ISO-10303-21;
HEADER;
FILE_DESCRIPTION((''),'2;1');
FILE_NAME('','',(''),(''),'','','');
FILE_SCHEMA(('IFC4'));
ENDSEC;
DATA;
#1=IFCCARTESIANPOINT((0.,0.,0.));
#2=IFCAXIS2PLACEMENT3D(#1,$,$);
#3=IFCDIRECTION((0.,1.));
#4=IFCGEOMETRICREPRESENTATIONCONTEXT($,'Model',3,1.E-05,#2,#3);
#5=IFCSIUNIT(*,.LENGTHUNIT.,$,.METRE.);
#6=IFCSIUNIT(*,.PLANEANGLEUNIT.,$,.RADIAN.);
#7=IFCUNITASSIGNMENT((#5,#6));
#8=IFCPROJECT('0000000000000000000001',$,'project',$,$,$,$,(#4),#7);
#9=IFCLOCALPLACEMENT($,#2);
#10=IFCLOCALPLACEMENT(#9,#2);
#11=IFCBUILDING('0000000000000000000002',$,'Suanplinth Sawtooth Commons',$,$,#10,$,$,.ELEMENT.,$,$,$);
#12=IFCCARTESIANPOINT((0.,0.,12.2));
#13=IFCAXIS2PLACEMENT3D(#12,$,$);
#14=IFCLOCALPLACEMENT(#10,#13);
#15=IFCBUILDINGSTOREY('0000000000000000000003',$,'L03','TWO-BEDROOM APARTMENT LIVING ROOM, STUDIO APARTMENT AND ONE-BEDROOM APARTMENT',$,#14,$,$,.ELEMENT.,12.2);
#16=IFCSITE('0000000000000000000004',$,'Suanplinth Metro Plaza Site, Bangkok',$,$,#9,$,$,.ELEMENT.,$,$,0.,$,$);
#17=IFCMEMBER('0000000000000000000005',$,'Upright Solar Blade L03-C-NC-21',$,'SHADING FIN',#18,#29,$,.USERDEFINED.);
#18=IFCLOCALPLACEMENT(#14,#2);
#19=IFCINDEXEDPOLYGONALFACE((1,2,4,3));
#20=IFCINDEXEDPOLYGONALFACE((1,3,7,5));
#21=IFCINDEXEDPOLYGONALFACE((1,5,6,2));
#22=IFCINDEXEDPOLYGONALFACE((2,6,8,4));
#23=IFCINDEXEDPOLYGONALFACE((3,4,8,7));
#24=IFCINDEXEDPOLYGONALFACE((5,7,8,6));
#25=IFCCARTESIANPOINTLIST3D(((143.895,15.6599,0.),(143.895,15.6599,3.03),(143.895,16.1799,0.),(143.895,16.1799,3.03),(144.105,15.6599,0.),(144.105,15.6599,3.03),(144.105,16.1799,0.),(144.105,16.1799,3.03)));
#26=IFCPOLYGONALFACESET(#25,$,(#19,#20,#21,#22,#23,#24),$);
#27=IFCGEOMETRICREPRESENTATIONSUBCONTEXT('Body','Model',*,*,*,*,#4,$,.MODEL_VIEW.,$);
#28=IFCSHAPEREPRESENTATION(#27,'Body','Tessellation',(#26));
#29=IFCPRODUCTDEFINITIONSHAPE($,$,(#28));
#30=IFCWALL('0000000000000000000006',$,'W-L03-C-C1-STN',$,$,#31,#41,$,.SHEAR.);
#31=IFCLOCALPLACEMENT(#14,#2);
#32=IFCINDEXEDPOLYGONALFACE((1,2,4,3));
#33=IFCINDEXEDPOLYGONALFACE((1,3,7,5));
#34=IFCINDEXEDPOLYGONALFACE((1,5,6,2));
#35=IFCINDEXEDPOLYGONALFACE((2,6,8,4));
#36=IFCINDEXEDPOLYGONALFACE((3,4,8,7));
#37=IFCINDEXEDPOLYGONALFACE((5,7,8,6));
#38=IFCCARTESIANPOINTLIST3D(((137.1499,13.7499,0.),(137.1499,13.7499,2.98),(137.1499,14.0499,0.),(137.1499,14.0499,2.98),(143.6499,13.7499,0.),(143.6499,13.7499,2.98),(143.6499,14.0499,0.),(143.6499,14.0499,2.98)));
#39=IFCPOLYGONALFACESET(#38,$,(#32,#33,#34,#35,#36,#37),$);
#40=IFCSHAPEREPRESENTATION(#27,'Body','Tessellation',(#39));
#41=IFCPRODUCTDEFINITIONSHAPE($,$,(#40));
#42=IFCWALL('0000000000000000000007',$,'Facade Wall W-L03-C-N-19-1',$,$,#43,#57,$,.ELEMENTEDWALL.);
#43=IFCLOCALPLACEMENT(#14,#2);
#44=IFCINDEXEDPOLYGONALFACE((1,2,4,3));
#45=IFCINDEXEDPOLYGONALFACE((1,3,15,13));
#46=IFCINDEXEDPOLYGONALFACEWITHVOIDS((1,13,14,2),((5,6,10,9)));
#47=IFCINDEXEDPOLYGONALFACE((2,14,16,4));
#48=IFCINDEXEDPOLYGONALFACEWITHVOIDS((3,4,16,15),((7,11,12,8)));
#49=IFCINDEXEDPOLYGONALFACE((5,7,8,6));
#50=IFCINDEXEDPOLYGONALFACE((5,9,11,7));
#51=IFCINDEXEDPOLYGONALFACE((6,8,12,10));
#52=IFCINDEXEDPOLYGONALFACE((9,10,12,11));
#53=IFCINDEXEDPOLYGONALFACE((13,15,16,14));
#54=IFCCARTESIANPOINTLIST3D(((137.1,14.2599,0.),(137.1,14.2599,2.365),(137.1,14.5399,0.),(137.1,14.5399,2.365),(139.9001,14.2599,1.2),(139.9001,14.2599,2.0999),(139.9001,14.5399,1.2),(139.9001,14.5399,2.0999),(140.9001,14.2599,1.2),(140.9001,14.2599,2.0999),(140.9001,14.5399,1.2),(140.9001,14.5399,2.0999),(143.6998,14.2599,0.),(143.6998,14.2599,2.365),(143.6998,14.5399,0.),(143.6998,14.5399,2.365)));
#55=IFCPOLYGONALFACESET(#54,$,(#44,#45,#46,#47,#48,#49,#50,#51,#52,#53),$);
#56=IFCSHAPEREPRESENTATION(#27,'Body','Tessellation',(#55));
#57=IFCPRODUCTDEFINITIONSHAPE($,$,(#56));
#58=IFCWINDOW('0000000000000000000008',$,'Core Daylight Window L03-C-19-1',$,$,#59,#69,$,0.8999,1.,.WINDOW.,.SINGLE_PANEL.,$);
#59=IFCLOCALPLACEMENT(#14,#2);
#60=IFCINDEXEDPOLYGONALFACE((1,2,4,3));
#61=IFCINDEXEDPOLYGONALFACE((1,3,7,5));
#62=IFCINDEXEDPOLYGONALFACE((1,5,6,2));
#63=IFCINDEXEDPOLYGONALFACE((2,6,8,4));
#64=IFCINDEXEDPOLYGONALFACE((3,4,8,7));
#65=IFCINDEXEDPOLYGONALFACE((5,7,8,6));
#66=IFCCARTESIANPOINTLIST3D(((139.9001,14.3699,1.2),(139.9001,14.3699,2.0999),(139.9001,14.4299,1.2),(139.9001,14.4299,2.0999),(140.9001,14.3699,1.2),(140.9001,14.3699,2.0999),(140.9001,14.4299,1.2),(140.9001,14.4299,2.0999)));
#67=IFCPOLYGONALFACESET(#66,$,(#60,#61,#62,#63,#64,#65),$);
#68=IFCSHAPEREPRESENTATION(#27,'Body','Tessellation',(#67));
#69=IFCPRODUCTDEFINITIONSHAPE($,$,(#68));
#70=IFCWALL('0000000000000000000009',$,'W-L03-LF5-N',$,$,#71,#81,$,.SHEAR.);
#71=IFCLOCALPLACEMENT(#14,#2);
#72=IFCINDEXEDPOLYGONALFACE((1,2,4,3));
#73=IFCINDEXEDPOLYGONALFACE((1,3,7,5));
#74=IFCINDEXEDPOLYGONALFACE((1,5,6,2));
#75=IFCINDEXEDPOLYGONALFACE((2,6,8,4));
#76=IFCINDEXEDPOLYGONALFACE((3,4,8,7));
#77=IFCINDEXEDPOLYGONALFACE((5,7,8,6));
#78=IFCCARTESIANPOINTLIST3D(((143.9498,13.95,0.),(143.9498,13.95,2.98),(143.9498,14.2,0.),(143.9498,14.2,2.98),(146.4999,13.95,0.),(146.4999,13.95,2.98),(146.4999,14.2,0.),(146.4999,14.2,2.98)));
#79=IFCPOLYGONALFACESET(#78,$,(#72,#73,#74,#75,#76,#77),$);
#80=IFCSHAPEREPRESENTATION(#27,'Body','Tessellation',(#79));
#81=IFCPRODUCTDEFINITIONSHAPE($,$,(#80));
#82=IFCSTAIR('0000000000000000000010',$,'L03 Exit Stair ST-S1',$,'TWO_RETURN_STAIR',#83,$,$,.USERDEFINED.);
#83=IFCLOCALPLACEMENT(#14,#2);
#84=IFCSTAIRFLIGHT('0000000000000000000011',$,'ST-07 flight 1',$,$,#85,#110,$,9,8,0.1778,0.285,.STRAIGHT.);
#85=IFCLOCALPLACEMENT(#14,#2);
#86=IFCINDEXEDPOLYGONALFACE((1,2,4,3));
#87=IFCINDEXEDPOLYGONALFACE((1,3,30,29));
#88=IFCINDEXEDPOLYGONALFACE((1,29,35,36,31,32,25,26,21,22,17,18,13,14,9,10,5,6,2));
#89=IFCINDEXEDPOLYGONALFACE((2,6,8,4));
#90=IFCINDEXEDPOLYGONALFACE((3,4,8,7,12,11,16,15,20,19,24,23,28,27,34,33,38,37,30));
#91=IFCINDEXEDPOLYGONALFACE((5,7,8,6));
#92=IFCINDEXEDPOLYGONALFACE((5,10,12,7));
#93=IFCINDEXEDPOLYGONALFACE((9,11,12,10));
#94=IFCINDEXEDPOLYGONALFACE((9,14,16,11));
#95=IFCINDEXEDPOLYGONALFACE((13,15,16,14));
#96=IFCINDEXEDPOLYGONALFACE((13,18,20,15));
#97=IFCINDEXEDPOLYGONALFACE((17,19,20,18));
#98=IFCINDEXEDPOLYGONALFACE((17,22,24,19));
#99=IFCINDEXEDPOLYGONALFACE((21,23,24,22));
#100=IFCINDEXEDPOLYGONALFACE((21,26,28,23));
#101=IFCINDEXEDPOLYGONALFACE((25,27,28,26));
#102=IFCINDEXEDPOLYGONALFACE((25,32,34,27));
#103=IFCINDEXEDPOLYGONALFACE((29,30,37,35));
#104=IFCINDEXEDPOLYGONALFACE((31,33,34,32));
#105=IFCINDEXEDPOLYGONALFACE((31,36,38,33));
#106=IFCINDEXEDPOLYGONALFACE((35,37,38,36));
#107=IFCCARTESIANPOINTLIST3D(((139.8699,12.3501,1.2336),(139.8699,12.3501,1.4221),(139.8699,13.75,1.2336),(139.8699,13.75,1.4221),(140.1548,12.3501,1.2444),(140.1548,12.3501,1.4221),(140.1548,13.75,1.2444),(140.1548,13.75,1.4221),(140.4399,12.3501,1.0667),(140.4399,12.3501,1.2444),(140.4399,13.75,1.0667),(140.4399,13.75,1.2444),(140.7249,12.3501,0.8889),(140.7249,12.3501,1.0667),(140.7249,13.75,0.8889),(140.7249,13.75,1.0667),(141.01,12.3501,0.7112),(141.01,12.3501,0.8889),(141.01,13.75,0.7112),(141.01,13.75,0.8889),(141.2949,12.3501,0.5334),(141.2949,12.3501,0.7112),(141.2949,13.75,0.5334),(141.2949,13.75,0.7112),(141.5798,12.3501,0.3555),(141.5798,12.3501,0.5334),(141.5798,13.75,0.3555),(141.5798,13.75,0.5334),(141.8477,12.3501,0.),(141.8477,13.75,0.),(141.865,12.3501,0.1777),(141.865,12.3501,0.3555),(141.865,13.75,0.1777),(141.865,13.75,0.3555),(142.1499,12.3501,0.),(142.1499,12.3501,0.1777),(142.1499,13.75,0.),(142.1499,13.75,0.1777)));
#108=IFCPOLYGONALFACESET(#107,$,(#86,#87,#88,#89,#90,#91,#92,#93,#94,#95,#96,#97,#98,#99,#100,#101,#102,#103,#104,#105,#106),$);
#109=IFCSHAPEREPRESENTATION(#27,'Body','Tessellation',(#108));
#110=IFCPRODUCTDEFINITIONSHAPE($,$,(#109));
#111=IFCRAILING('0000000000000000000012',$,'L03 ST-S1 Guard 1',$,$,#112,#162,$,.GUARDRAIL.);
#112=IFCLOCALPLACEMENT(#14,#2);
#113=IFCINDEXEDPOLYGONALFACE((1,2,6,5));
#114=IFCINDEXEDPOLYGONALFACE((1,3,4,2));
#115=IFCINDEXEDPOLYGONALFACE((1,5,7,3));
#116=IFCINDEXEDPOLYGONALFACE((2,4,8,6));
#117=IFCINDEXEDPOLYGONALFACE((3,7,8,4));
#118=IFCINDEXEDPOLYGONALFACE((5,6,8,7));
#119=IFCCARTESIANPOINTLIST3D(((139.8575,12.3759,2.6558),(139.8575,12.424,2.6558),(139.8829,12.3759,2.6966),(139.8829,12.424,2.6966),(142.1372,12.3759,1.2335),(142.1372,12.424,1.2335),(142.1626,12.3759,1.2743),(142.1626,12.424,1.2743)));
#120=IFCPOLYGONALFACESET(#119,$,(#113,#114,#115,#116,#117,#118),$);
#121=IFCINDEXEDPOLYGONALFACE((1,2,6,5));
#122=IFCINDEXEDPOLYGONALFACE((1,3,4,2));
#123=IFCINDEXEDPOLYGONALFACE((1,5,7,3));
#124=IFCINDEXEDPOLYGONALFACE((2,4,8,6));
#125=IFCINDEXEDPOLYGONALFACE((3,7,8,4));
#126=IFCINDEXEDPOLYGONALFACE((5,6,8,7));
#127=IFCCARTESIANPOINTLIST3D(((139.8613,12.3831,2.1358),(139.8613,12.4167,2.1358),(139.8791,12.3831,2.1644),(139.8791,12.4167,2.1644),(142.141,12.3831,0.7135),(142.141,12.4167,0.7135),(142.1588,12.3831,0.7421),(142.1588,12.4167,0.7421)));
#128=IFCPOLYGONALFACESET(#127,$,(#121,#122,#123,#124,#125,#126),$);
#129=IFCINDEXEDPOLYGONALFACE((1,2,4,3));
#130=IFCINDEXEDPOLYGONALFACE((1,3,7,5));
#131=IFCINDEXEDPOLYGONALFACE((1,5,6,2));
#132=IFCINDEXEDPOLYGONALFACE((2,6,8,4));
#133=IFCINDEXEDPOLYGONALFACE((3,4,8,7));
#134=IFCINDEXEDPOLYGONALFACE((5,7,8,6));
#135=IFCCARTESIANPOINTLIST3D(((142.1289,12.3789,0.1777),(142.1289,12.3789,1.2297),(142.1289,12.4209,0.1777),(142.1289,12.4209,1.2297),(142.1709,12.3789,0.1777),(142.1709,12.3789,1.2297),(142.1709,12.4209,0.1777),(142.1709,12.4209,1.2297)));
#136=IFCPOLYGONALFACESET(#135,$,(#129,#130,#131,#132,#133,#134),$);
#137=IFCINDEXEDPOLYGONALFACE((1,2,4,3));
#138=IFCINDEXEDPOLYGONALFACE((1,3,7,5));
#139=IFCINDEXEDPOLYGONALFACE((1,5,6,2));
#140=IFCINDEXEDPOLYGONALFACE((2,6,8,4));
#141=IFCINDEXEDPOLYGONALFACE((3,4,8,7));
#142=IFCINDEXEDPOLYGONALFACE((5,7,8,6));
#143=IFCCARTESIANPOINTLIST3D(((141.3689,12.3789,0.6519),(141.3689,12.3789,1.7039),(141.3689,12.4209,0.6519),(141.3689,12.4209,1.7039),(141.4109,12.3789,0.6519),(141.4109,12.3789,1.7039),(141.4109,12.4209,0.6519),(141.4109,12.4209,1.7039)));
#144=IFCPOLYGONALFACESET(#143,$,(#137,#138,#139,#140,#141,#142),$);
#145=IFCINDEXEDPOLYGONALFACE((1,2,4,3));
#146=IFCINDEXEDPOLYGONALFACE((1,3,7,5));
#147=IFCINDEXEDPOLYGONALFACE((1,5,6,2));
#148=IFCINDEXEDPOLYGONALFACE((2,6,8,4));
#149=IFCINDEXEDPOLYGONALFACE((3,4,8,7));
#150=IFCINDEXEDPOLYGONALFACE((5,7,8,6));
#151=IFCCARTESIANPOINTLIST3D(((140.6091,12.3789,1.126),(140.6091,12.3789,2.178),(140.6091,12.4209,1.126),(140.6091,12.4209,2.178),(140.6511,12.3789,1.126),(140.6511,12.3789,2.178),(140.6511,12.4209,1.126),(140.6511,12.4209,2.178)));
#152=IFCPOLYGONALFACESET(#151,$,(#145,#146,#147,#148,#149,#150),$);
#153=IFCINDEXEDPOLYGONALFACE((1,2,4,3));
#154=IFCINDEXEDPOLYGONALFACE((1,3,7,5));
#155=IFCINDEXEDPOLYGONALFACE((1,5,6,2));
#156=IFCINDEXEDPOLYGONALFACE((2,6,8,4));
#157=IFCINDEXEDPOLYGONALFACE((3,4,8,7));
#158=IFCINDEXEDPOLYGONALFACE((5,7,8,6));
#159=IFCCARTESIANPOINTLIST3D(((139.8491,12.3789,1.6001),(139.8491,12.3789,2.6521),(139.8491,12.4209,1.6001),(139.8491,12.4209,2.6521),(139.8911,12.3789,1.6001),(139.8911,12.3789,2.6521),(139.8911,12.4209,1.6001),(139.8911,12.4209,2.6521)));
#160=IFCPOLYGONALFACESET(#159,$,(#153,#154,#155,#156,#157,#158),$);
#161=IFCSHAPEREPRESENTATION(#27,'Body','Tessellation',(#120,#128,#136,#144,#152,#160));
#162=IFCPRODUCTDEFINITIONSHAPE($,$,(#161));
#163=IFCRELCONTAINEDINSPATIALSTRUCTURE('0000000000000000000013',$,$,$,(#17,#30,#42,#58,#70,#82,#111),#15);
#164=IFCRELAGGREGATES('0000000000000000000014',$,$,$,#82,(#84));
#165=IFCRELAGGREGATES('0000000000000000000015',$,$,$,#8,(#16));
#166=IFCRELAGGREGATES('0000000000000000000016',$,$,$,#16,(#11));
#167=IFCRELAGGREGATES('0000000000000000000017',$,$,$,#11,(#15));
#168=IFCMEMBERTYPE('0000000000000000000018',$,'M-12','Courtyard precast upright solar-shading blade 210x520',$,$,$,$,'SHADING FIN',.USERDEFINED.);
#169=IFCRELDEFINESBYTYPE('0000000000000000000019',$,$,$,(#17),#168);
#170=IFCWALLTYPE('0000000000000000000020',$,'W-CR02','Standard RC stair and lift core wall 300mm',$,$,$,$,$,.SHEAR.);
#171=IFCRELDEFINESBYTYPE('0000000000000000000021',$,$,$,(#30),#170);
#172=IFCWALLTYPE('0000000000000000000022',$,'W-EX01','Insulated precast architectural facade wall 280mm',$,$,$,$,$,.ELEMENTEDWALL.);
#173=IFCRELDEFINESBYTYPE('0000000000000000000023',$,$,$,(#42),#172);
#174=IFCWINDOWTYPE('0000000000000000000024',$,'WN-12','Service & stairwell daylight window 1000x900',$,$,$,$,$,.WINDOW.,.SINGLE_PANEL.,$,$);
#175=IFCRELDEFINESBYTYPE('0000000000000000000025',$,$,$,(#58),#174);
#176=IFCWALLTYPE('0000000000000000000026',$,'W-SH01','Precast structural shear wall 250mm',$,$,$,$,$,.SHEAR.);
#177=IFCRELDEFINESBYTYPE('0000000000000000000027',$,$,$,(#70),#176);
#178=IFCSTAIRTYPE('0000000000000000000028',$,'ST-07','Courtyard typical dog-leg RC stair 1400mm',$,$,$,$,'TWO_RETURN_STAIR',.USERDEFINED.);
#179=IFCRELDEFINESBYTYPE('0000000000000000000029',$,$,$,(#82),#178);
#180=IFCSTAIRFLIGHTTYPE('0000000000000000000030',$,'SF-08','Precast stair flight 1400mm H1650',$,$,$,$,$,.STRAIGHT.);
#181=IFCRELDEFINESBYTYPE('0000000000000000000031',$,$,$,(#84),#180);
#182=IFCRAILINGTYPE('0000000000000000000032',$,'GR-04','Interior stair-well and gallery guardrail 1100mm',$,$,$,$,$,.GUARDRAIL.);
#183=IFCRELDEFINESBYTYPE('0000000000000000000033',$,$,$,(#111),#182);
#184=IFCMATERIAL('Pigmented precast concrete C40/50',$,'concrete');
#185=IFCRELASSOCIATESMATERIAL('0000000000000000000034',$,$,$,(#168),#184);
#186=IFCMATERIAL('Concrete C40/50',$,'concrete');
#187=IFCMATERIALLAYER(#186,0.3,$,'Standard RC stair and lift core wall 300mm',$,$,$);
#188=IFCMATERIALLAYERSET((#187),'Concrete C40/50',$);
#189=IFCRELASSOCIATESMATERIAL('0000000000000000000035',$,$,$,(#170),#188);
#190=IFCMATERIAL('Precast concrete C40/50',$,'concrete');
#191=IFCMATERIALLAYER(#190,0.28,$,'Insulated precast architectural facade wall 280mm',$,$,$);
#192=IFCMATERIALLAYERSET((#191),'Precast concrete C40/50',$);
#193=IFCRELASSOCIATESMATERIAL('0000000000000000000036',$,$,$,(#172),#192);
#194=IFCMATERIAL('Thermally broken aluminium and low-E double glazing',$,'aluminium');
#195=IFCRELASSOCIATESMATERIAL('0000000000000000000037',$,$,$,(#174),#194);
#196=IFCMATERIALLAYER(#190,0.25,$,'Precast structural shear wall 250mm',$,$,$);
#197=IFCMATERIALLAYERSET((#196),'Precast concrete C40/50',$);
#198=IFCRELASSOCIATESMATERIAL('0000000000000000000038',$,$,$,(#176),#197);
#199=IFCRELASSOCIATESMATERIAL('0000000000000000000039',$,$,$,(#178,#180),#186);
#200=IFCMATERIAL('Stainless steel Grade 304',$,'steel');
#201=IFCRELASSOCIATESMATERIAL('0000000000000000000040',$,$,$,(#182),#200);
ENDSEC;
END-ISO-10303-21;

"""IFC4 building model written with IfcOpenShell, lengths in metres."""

from ifc_helpers import new_model, si_unit, direction, frame, frame_2d, origin, origin_2d, place, context, subcontext, project, spatial, polyline, rectangle, outline, extrude, material, layer, layer_set, material_profile, profile_set, type_object, element, fill, aggregate, save


model = new_model("IFC4")

# Units and contexts
model_context = context("Model", 3, precision=1e-05, world=origin(), true_north=direction((0.0, 1.0)))
body_context = subcontext(model_context, "Body", "Model", "MODEL_VIEW")
ifc_project = project(units=[si_unit("LENGTHUNIT", "METRE"), si_unit("PLANEANGLEUNIT", "RADIAN")], contexts=[model_context])

# Site, building, storey
site_placement = place(None, origin())
site = spatial("IfcSite", under=ifc_project, at=site_placement, Name="Suanplinth Metro Plaza Site, Bangkok", CompositionType="ELEMENT", RefElevation=0.0)
building_placement = place(site_placement, origin())
building = spatial("IfcBuilding", under=site, at=building_placement, Name="Suanplinth Sawtooth Commons", CompositionType="ELEMENT")
storey_placement = place(building_placement, frame((0.0, 0.0, 12.2)))
storey = spatial("IfcBuildingStorey", under=building, at=storey_placement, Name="L03", Description="TWO-BEDROOM APARTMENT LIVING ROOM, STUDIO APARTMENT AND ONE-BEDROOM APARTMENT", CompositionType="ELEMENT", Elevation=12.2)

# Shared definitions
ifc_material_1 = material(Name="Precast concrete C40/50", Category="concrete")

# Member
ifc_material_2 = material(Name="Pigmented precast concrete C40/50", Category="concrete")
ifc_material_profile_1 = material_profile(ifc_material_2, rectangle(XDim=0.21, YDim=0.52, at=origin_2d()), Name="PC-FIN 210x520")
ifc_profile_set_1 = profile_set([ifc_material_profile_1], Name="Pigmented precast concrete C40/50")
member_type = type_object("IfcMemberType", Name="M-12", Description="Courtyard precast upright solar-shading blade 210x520", ElementType="SHADING FIN", PredefinedType="USERDEFINED", material=ifc_profile_set_1)
for number, where, z_axis, x_axis, name in (
    (1, (144.0, 15.9199, 0.0), (0.0, 0.0, 1.0), (1.0, 0.0, 0.0), "Upright Solar Blade L03-C-NC-21"),
):
    element("IfcMember", number, at=place(storey_placement, frame(where, z_axis=z_axis, x_axis=x_axis)), inside=storey, type_object=member_type, Name=name, ObjectType="SHADING FIN", PredefinedType="USERDEFINED", context=body_context, shape_type="SweptSolid", body=[
        extrude(rectangle(XDim=0.21, YDim=0.52, at=origin_2d()), origin(), (0.0, 0.0, 1.0), 3.03),
    ])

# Wall
ifc_material_3 = material(Name="Concrete C40/50", Category="concrete")
ifc_layer_1 = layer(ifc_material_3, 0.3, Name="Standard RC stair and lift core wall 300mm")
ifc_layer_set_1 = layer_set([ifc_layer_1], Name="Concrete C40/50")
wall_type_1 = type_object("IfcWallType", Name="W-CR02", Description="Standard RC stair and lift core wall 300mm", PredefinedType="SHEAR", material=ifc_layer_set_1)
wall_1_placement = place(storey_placement, frame((137.1499, 13.8999, 0.0), z_axis=(0.0, 0.0, 1.0), x_axis=(1.0, 0.0, 0.0)))
element("IfcWall", 2, at=wall_1_placement, inside=storey, type_object=wall_type_1, Name="W-L03-C-C1-STN", PredefinedType="SHEAR", context=body_context, shape_type="SweptSolid", body=[
    extrude(rectangle(XDim=6.5, YDim=0.3, at=frame_2d((3.25, 0.0))), origin(), (0.0, 0.0, 1.0), 2.98),
])

# Shared definitions
ifc_layer_2 = layer(ifc_material_1, 0.28, Name="Insulated precast architectural facade wall 280mm")
ifc_layer_set_2 = layer_set([ifc_layer_2], Name="Precast concrete C40/50")
wall_type_2 = type_object("IfcWallType", Name="W-EX01", Description="Insulated precast architectural facade wall 280mm", PredefinedType="ELEMENTEDWALL", material=ifc_layer_set_2)
ifc_material_4 = material(Name="Thermally broken aluminium and low-E double glazing", Category="aluminium")

# Wall, opening, window
wall_2_placement = place(storey_placement, frame((137.1001, 14.3999, 0.0), z_axis=(0.0, 0.0, 1.0), x_axis=(1.0, 0.0, 0.0)))
wall_2 = element("IfcWall", 3, at=wall_2_placement, inside=storey, type_object=wall_type_2, Name="Facade Wall W-L03-C-N-19-1", PredefinedType="ELEMENTEDWALL", context=body_context, shape_type="SweptSolid", body=[
    extrude(rectangle(XDim=6.5999, YDim=0.28, at=frame_2d((3.2998, 0.0))), origin(), (0.0, 0.0, 1.0), 2.365),
])
opening_1_placement = place(wall_2_placement, frame((2.8, 0.0, 1.2)))
opening_1 = element("IfcOpeningElement", 4, at=opening_1_placement, cuts=wall_2, PredefinedType="OPENING", context=body_context, shape_type="SweptSolid", body=[
    extrude(rectangle(XDim=1.0, YDim=0.8999, at=frame_2d((0.5, 0.45))), frame((0.0, 0.1548, 0.0), z_axis=(0.0, -1.0, 0.0), x_axis=(1.0, 0.0, 0.0)), (0.0, 0.0, 1.0), 0.3098),
])
window_type_1 = type_object("IfcWindowType", Name="WN-12", Description="Service & stairwell daylight window 1000x900", PartitioningType="SINGLE_PANEL", PredefinedType="WINDOW", material=ifc_material_4)
window_1_placement = place(opening_1_placement, origin())
window_1 = element("IfcWindow", 5, at=window_1_placement, inside=storey, type_object=window_type_1, Name="Core Daylight Window L03-C-19-1", OverallHeight=0.8999, OverallWidth=1.0, PartitioningType="SINGLE_PANEL", PredefinedType="WINDOW", context=body_context, shape_type="SweptSolid", body=[
    extrude(rectangle(XDim=1.0, YDim=0.8999, at=frame_2d((0.5, 0.45))), frame((0.0, 0.03, 0.0), z_axis=(0.0, -1.0, 0.0), x_axis=(1.0, 0.0, 0.0)), (0.0, 0.0, 1.0), 0.0601),
])
fill(opening_1, window_1)

# Wall
ifc_layer_3 = layer(ifc_material_1, 0.25, Name="Precast structural shear wall 250mm")
ifc_layer_set_3 = layer_set([ifc_layer_3], Name="Precast concrete C40/50")
wall_type_3 = type_object("IfcWallType", Name="W-SH01", Description="Precast structural shear wall 250mm", PredefinedType="SHEAR", material=ifc_layer_set_3)
wall_3_placement = place(storey_placement, frame((143.95, 14.075, 0.0), z_axis=(0.0, 0.0, 1.0), x_axis=(1.0, 0.0, 0.0)))
element("IfcWall", 6, at=wall_3_placement, inside=storey, type_object=wall_type_3, Name="W-L03-LF5-N", PredefinedType="SHEAR", context=body_context, shape_type="SweptSolid", body=[
    extrude(rectangle(XDim=2.55, YDim=0.25, at=frame_2d((1.2749, 0.0))), origin(), (0.0, 0.0, 1.0), 2.98),
])

# Stair, stair flight
stair_type = type_object("IfcStairType", Name="ST-07", Description="Courtyard typical dog-leg RC stair 1400mm", ElementType="TWO_RETURN_STAIR", PredefinedType="USERDEFINED", material=ifc_material_3)
stair_placement = place(storey_placement, origin())
stair = element("IfcStair", 7, at=stair_placement, inside=storey, type_object=stair_type, Name="L03 Exit Stair ST-S1", ObjectType="TWO_RETURN_STAIR", PredefinedType="USERDEFINED")
stair_flight_type = type_object("IfcStairFlightType", Name="SF-08", Description="Precast stair flight 1400mm H1650", PredefinedType="STRAIGHT", material=ifc_material_3)
stair_flight_placement = place(storey_placement, frame((142.1499, 13.05, 0.0), z_axis=(0.0, 0.0, 1.0), x_axis=(-1.0, 0.0, 0.0)))
stair_flight = element("IfcStairFlight", 8, at=stair_flight_placement, type_object=stair_flight_type, Name="ST-07 flight 1", NumberOfRisers=9, NumberOfTreads=8, PredefinedType="STRAIGHT", RiserHeight=0.1778, TreadLength=0.285, context=body_context, shape_type="SweptSolid", body=[
    extrude(outline(polyline([(0.0, 0.0), (0.0, 0.1777), (0.2849, 0.1777), (0.2849, 0.3555), (0.5701, 0.3555), (0.5701, 0.5334), (0.855, 0.5334), (0.855, 0.7112), (1.1399, 0.7112), (1.1399, 0.8889), (1.425, 0.8889), (1.425, 1.0667), (1.71, 1.0667), (1.71, 1.2444), (1.9951, 1.2444), (1.9951, 1.4221), (2.28, 1.4221), (2.28, 1.6001), (2.28, 1.2336), (0.3022, 0.0), (0.0, 0.0)])), frame((0.0, 0.7, 0.0), z_axis=(0.0, -1.0, 0.0), x_axis=(1.0, 0.0, 0.0)), (0.0, 0.0, 1.0), 1.3999),
])
aggregate(stair, [stair_flight])

# Railing
ifc_material_5 = material(Name="Stainless steel Grade 304", Category="steel")
railing_type_1 = type_object("IfcRailingType", Name="GR-04", Description="Interior stair-well and gallery guardrail 1100mm", PredefinedType="GUARDRAIL", material=ifc_material_5)
railing_1_placement = place(storey_placement, frame((142.1499, 12.3999, 0.1777)))
element("IfcRailing", 9, at=railing_1_placement, inside=storey, type_object=railing_type_1, Name="L03 ST-S1 Guard 1", PredefinedType="GUARDRAIL", context=body_context, shape_type="SweptSolid", body=[
    extrude(rectangle(XDim=0.0481, YDim=0.0481, at=origin_2d()), frame((0.0, 0.0, 1.0762), z_axis=(-0.848417, 0.0, 0.529329), x_axis=(0.0, -1.0, 0.0)), (0.0, 0.0, 1.0), 2.687),
    extrude(rectangle(XDim=0.0337, YDim=0.0337, at=origin_2d()), frame((0.0, 0.0, 0.55), z_axis=(-0.848417, 0.0, 0.529329), x_axis=(0.0, -1.0, 0.0)), (0.0, 0.0, 1.0), 2.687),
    extrude(rectangle(XDim=0.042, YDim=0.042, at=origin_2d()), origin(), (0.0, 0.0, 1.0), 1.052),
    extrude(rectangle(XDim=0.042, YDim=0.042, at=origin_2d()), frame((-0.76, 0.0, 0.4741)), (0.0, 0.0, 1.0), 1.052),
    extrude(rectangle(XDim=0.042, YDim=0.042, at=origin_2d()), frame((-1.5198, 0.0, 0.9482)), (0.0, 0.0, 1.0), 1.052),
    extrude(rectangle(XDim=0.042, YDim=0.042, at=origin_2d()), frame((-2.2798, 0.0, 1.4224)), (0.0, 0.0, 1.0), 1.052),
])

save(model, "model.ifc")
